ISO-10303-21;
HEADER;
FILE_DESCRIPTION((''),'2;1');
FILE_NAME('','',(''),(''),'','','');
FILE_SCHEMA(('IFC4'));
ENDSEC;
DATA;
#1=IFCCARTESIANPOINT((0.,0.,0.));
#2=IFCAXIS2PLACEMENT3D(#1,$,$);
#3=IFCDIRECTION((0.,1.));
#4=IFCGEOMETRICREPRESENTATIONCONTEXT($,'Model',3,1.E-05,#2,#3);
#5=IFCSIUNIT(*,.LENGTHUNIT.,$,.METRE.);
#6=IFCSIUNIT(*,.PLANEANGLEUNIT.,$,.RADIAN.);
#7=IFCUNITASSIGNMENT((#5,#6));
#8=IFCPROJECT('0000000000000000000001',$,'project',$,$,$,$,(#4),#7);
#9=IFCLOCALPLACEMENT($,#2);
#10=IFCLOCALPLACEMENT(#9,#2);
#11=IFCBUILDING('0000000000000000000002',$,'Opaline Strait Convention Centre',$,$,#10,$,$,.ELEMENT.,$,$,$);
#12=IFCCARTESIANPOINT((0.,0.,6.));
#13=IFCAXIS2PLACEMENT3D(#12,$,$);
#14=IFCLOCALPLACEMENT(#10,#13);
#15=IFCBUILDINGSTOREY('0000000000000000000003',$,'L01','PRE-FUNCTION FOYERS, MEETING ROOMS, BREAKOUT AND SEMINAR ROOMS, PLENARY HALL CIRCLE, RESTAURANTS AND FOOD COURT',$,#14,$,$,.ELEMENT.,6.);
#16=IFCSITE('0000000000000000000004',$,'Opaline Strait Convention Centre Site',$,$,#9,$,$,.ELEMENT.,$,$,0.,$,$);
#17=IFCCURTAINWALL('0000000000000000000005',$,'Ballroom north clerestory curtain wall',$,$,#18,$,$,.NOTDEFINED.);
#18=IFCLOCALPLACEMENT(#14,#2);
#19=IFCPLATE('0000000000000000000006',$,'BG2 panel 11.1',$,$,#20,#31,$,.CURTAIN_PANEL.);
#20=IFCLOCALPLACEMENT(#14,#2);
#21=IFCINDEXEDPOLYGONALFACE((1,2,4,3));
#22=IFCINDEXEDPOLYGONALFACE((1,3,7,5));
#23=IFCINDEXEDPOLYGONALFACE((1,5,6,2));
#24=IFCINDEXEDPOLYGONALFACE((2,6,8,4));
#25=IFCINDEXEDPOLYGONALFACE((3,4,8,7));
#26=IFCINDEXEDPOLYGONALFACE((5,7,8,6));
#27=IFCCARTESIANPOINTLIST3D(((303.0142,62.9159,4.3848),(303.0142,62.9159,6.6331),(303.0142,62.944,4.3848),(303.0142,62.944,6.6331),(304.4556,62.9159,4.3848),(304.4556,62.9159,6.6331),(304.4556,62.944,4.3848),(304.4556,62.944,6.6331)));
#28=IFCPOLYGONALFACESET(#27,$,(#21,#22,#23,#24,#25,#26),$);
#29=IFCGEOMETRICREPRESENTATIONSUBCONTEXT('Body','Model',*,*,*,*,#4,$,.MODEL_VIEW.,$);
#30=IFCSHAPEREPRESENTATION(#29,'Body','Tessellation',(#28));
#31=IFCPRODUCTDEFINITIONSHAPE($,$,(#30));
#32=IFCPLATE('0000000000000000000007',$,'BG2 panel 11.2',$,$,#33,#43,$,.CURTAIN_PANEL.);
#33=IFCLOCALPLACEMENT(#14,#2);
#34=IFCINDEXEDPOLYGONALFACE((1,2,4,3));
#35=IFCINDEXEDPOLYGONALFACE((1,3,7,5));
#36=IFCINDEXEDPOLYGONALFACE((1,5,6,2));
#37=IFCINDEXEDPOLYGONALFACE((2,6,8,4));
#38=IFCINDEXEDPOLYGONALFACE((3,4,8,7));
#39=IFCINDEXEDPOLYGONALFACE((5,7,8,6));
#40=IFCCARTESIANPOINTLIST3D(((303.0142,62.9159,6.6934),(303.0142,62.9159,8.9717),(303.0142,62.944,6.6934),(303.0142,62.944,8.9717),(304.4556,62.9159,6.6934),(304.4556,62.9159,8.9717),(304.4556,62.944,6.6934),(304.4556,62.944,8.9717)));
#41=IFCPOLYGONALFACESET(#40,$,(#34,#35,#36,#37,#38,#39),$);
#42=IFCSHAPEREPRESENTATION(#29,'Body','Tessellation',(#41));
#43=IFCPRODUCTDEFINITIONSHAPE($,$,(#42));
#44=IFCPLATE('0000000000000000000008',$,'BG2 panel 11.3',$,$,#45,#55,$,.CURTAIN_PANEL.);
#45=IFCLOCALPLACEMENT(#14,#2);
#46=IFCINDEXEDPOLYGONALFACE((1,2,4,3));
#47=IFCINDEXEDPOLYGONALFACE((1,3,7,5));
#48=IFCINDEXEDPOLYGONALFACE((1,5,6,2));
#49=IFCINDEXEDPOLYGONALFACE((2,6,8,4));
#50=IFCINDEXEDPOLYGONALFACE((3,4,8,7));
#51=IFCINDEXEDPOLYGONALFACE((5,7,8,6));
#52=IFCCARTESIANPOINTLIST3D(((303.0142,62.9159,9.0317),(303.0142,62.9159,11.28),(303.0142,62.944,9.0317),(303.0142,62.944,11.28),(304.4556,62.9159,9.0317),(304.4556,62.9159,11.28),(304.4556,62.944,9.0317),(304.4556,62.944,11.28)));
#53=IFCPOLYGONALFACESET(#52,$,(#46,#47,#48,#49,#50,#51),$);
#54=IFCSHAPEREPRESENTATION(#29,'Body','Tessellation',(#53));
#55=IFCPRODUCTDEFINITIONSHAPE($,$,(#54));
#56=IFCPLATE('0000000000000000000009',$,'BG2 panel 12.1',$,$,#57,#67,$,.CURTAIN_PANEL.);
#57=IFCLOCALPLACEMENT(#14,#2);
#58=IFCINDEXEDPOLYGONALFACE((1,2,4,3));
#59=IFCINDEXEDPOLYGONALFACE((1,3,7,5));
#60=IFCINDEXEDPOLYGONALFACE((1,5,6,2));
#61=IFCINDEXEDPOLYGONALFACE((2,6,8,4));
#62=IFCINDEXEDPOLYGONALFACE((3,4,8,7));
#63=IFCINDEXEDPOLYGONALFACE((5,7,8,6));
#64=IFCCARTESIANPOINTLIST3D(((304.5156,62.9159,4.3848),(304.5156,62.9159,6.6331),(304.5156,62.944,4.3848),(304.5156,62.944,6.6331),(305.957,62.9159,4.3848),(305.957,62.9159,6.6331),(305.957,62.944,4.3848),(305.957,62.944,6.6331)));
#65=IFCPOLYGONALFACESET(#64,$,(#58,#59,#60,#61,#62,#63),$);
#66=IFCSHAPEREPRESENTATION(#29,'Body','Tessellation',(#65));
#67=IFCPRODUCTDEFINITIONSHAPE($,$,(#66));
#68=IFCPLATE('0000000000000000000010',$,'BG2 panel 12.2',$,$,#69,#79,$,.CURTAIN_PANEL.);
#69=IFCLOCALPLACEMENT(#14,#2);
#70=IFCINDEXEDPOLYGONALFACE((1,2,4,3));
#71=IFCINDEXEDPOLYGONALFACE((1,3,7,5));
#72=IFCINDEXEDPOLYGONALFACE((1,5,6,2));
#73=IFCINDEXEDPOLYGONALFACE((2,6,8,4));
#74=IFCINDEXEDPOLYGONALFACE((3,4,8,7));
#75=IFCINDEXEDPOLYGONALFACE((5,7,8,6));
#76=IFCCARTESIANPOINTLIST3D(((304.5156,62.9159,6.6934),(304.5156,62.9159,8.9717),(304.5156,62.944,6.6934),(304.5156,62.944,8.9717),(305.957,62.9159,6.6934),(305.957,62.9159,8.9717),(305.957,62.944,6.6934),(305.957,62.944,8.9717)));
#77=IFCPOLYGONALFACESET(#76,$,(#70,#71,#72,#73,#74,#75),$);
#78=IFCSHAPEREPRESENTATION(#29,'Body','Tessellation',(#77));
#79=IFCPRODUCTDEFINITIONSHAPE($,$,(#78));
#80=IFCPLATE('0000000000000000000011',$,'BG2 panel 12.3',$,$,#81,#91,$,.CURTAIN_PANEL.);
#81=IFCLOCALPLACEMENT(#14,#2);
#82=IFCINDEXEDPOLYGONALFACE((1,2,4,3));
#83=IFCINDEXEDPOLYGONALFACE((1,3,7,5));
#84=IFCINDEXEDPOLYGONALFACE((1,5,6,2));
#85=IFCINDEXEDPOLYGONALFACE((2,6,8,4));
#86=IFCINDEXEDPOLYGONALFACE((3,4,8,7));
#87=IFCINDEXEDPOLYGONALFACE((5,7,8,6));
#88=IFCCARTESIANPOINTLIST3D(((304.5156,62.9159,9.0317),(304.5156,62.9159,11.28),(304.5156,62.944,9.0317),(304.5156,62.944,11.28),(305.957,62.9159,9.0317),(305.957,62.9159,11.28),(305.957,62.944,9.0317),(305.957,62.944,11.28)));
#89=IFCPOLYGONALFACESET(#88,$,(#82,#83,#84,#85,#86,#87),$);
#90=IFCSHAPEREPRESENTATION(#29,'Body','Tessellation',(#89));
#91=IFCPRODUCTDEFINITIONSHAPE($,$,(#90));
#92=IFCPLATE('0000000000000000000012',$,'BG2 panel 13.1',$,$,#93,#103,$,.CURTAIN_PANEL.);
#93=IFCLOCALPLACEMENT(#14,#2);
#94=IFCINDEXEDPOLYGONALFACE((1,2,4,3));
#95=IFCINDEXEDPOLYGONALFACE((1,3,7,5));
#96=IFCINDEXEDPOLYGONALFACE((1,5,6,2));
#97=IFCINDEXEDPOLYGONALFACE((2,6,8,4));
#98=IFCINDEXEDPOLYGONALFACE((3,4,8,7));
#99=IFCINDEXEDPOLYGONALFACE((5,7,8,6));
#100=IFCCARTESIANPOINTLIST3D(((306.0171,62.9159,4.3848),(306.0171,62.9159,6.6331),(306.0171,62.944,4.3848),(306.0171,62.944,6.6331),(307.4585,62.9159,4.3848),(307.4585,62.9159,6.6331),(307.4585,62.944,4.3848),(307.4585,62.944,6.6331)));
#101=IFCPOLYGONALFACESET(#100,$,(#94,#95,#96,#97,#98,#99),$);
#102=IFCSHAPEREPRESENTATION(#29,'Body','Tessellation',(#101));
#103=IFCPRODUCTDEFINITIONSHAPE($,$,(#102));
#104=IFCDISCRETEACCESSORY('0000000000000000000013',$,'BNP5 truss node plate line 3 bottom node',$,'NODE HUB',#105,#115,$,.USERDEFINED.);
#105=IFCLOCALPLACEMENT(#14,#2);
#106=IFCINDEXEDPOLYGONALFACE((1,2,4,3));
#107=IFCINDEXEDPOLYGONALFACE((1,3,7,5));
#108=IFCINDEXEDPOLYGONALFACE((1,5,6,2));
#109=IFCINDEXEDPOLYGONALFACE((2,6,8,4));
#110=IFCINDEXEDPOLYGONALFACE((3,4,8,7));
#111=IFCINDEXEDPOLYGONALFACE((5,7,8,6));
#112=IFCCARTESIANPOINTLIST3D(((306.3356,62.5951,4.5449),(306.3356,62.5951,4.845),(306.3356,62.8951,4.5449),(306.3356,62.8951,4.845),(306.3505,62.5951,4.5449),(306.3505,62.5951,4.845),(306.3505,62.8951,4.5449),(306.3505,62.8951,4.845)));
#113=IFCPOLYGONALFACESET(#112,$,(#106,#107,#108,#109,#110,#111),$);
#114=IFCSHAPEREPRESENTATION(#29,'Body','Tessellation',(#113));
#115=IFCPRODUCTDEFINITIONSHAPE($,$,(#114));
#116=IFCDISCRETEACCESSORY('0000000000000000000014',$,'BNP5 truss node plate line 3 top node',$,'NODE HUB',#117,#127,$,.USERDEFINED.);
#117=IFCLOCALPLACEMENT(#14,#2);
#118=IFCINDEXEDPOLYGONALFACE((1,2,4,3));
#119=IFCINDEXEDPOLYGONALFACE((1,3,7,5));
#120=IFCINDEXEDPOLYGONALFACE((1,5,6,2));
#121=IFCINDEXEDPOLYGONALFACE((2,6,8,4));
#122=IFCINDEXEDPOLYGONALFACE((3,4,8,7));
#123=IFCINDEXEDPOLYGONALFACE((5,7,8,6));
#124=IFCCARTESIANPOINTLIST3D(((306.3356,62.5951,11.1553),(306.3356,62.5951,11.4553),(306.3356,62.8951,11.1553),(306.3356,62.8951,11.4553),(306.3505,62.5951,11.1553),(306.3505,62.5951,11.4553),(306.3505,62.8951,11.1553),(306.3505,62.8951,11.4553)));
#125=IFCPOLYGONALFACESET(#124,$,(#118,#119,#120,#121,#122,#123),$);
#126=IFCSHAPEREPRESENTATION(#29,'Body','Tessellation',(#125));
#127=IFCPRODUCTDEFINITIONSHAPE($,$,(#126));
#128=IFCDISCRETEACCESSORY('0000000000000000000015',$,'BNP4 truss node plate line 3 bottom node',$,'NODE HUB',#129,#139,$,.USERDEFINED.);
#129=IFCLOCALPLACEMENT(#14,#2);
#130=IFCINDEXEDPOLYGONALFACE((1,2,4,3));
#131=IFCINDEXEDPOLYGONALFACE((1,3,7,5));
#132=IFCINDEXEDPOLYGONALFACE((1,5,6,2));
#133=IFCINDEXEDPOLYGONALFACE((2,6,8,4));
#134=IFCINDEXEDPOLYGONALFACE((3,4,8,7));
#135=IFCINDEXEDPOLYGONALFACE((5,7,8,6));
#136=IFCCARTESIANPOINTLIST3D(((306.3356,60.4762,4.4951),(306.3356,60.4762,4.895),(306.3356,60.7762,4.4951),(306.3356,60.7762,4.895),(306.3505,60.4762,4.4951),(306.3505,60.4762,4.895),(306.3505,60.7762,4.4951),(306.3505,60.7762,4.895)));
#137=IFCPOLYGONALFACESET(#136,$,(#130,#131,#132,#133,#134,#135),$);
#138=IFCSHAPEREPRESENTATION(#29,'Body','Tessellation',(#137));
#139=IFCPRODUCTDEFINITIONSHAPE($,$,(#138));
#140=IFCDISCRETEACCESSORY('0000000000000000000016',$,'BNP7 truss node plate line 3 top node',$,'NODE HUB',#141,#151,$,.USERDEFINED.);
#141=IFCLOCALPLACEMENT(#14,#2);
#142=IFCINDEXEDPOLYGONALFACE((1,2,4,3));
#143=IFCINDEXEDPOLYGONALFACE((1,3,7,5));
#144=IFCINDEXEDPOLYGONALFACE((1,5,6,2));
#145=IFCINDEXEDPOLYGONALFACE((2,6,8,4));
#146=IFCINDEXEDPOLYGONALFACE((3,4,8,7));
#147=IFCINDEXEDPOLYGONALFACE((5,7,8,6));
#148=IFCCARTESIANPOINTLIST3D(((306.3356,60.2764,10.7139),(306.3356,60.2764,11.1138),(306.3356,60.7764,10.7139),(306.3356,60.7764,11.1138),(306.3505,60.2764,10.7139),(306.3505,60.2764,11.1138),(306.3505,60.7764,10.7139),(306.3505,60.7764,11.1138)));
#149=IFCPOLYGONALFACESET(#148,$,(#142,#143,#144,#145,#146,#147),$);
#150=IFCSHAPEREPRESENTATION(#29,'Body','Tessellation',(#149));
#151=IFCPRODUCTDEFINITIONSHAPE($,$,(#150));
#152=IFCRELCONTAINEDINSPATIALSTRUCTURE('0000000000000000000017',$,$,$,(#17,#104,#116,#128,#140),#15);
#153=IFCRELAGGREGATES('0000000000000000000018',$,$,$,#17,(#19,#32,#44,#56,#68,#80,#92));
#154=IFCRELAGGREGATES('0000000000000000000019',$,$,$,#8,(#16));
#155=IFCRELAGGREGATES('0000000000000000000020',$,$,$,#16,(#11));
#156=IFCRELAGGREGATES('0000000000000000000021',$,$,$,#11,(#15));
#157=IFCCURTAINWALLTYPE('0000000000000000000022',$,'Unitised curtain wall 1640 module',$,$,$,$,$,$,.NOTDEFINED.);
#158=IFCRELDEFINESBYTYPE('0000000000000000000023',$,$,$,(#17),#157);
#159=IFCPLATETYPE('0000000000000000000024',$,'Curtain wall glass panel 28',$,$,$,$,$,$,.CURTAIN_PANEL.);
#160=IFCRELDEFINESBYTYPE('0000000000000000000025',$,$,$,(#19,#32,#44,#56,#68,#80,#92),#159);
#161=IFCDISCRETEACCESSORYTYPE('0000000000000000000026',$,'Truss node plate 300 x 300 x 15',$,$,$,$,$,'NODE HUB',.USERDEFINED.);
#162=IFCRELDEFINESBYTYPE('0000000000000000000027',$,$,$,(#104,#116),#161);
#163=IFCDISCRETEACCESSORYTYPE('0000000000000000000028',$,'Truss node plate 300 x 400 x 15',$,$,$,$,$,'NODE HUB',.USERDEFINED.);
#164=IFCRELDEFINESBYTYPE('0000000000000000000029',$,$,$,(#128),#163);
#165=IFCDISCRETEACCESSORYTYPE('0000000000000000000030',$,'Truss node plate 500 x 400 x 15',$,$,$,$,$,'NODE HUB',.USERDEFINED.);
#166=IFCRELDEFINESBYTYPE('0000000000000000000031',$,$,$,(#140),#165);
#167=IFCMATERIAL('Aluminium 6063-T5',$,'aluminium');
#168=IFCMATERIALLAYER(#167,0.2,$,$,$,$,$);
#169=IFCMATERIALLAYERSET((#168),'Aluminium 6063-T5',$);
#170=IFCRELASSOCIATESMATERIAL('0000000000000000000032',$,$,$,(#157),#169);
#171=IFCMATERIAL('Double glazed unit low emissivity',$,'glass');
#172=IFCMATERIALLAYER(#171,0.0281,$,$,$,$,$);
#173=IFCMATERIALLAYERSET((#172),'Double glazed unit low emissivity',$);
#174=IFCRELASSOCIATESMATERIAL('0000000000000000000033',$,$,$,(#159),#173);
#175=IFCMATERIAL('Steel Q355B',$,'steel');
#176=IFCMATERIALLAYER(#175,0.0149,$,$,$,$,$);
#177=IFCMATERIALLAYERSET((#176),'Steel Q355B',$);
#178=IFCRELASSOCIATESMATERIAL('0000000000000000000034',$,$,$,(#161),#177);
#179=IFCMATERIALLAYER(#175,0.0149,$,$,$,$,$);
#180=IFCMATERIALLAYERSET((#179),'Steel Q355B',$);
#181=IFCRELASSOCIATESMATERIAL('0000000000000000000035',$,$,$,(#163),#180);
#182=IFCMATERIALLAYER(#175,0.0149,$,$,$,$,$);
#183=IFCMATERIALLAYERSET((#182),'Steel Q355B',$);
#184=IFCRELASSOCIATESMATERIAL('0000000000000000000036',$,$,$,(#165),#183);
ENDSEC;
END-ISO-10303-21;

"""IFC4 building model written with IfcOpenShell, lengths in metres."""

from ifc_helpers import new_model, si_unit, direction, frame, origin, origin_2d, place, context, subcontext, project, spatial, rectangle, extrude, material, layer, layer_set, type_object, element, aggregate, save


model = new_model("IFC4")

# Units and contexts
model_context = context("Model", 3, precision=1e-05, world=origin(), true_north=direction((0.0, 1.0)))
body_context = subcontext(model_context, "Body", "Model", "MODEL_VIEW")
ifc_project = project(units=[si_unit("LENGTHUNIT", "METRE"), si_unit("PLANEANGLEUNIT", "RADIAN")], contexts=[model_context])

# Site, building, storey
site_placement = place(None, origin())
site = spatial("IfcSite", under=ifc_project, at=site_placement, Name="Opaline Strait Convention Centre Site", CompositionType="ELEMENT", RefElevation=0.0)
building_placement = place(site_placement, origin())
building = spatial("IfcBuilding", under=site, at=building_placement, Name="Opaline Strait Convention Centre", CompositionType="ELEMENT")
storey_placement = place(building_placement, frame((0.0, 0.0, 6.0)))
storey = spatial("IfcBuildingStorey", under=building, at=storey_placement, Name="L01", Description="PRE-FUNCTION FOYERS, MEETING ROOMS, BREAKOUT AND SEMINAR ROOMS, PLENARY HALL CIRCLE, RESTAURANTS AND FOOD COURT", CompositionType="ELEMENT", Elevation=6.0)

# Curtain wall
ifc_material_1 = material(Name="Aluminium 6063-T5", Category="aluminium")
ifc_layer_1 = layer(ifc_material_1, 0.2)
ifc_layer_set_1 = layer_set([ifc_layer_1], Name="Aluminium 6063-T5")
curtain_wall_type = type_object("IfcCurtainWallType", Name="Unitised curtain wall 1640 module", PredefinedType="NOTDEFINED", material=ifc_layer_set_1)
curtain_wall_placement = place(storey_placement, origin())
curtain_wall = element("IfcCurtainWall", 1, at=curtain_wall_placement, inside=storey, type_object=curtain_wall_type, Name="Ballroom north clerestory curtain wall", PredefinedType="NOTDEFINED")

# Shared definitions
ifc_material_2 = material(Name="Steel Q355B", Category="steel")

# Plates
ifc_material_3 = material(Name="Double glazed unit low emissivity", Category="glass")
ifc_layer_2 = layer(ifc_material_3, 0.0281)
ifc_layer_set_2 = layer_set([ifc_layer_2], Name="Double glazed unit low emissivity")
plate_type = type_object("IfcPlateType", Name="Curtain wall glass panel 28", PredefinedType="CURTAIN_PANEL", material=ifc_layer_set_2)
plate_1_placement = place(storey_placement, frame((303.7349, 62.9299, 4.3848), z_axis=(0.0, 0.0, 1.0), x_axis=(1.0, 0.0, 0.0)))
plate_1 = element("IfcPlate", 2, at=plate_1_placement, type_object=plate_type, Name="BG2 panel 11.1", PredefinedType="CURTAIN_PANEL", context=body_context, shape_type="SweptSolid", body=[
    extrude(rectangle(XDim=1.4414, YDim=0.0281, at=origin_2d()), origin(), (0.0, 0.0, 1.0), 2.2483),
])
plate_2_placement = place(storey_placement, frame((303.7349, 62.9299, 6.6934), z_axis=(0.0, 0.0, 1.0), x_axis=(1.0, 0.0, 0.0)))
plate_2 = element("IfcPlate", 3, at=plate_2_placement, type_object=plate_type, Name="BG2 panel 11.2", PredefinedType="CURTAIN_PANEL", context=body_context, shape_type="SweptSolid", body=[
    extrude(rectangle(XDim=1.4414, YDim=0.0281, at=origin_2d()), origin(), (0.0, 0.0, 1.0), 2.2783),
])
plate_3_placement = place(storey_placement, frame((303.7349, 62.9299, 9.0317), z_axis=(0.0, 0.0, 1.0), x_axis=(1.0, 0.0, 0.0)))
plate_3 = element("IfcPlate", 4, at=plate_3_placement, type_object=plate_type, Name="BG2 panel 11.3", PredefinedType="CURTAIN_PANEL", context=body_context, shape_type="SweptSolid", body=[
    extrude(rectangle(XDim=1.4414, YDim=0.0281, at=origin_2d()), origin(), (0.0, 0.0, 1.0), 2.2483),
])
plate_4_placement = place(storey_placement, frame((305.2363, 62.9299, 4.3848), z_axis=(0.0, 0.0, 1.0), x_axis=(1.0, 0.0, 0.0)))
plate_4 = element("IfcPlate", 5, at=plate_4_placement, type_object=plate_type, Name="BG2 panel 12.1", PredefinedType="CURTAIN_PANEL", context=body_context, shape_type="SweptSolid", body=[
    extrude(rectangle(XDim=1.4414, YDim=0.0281, at=origin_2d()), origin(), (0.0, 0.0, 1.0), 2.2483),
])
plate_5_placement = place(storey_placement, frame((305.2363, 62.9299, 6.6934), z_axis=(0.0, 0.0, 1.0), x_axis=(1.0, 0.0, 0.0)))
plate_5 = element("IfcPlate", 6, at=plate_5_placement, type_object=plate_type, Name="BG2 panel 12.2", PredefinedType="CURTAIN_PANEL", context=body_context, shape_type="SweptSolid", body=[
    extrude(rectangle(XDim=1.4414, YDim=0.0281, at=origin_2d()), origin(), (0.0, 0.0, 1.0), 2.2783),
])
plate_6_placement = place(storey_placement, frame((305.2363, 62.9299, 9.0317), z_axis=(0.0, 0.0, 1.0), x_axis=(1.0, 0.0, 0.0)))
plate_6 = element("IfcPlate", 7, at=plate_6_placement, type_object=plate_type, Name="BG2 panel 12.3", PredefinedType="CURTAIN_PANEL", context=body_context, shape_type="SweptSolid", body=[
    extrude(rectangle(XDim=1.4414, YDim=0.0281, at=origin_2d()), origin(), (0.0, 0.0, 1.0), 2.2483),
])
plate_7_placement = place(storey_placement, frame((306.7378, 62.9299, 4.3848), z_axis=(0.0, 0.0, 1.0), x_axis=(1.0, 0.0, 0.0)))
plate_7 = element("IfcPlate", 8, at=plate_7_placement, type_object=plate_type, Name="BG2 panel 13.1", PredefinedType="CURTAIN_PANEL", context=body_context, shape_type="SweptSolid", body=[
    extrude(rectangle(XDim=1.4414, YDim=0.0281, at=origin_2d()), origin(), (0.0, 0.0, 1.0), 2.2483),
])
aggregate(curtain_wall, [plate_1, plate_2, plate_3, plate_4, plate_5, plate_6, plate_7])

# Discrete accessories
ifc_layer_3 = layer(ifc_material_2, 0.0149)
ifc_layer_set_3 = layer_set([ifc_layer_3], Name="Steel Q355B")
discrete_accessory_type_1 = type_object("IfcDiscreteAccessoryType", Name="Truss node plate 300 x 300 x 15", ElementType="NODE HUB", PredefinedType="USERDEFINED", material=ifc_layer_set_3)
for number, where, z_axis, x_axis, name in (
    (9, (306.343, 62.7451, 4.5449), (0.0, 0.0, 1.0), (1.0, 0.0, 0.0), "BNP5 truss node plate line 3 bottom node"),
    (10, (306.343, 62.7451, 11.1553), (0.0, 0.0, 1.0), (1.0, 0.0, 0.0), "BNP5 truss node plate line 3 top node"),
):
    element("IfcDiscreteAccessory", number, at=place(storey_placement, frame(where, z_axis=z_axis, x_axis=x_axis)), inside=storey, type_object=discrete_accessory_type_1, Name=name, ObjectType="NODE HUB", PredefinedType="USERDEFINED", context=body_context, shape_type="SweptSolid", body=[
        extrude(rectangle(XDim=0.0149, YDim=0.3, at=origin_2d()), origin(), (0.0, 0.0, 1.0), 0.3),
    ])
ifc_layer_4 = layer(ifc_material_2, 0.0149)
ifc_layer_set_4 = layer_set([ifc_layer_4], Name="Steel Q355B")
discrete_accessory_type_2 = type_object("IfcDiscreteAccessoryType", Name="Truss node plate 300 x 400 x 15", ElementType="NODE HUB", PredefinedType="USERDEFINED", material=ifc_layer_set_4)
discrete_accessory_1_placement = place(storey_placement, frame((306.343, 60.6262, 4.4951), z_axis=(0.0, 0.0, 1.0), x_axis=(1.0, 0.0, 0.0)))
element("IfcDiscreteAccessory", 11, at=discrete_accessory_1_placement, inside=storey, type_object=discrete_accessory_type_2, Name="BNP4 truss node plate line 3 bottom node", ObjectType="NODE HUB", PredefinedType="USERDEFINED", context=body_context, shape_type="SweptSolid", body=[
    extrude(rectangle(XDim=0.0149, YDim=0.3, at=origin_2d()), origin(), (0.0, 0.0, 1.0), 0.3999),
])
ifc_layer_5 = layer(ifc_material_2, 0.0149)
ifc_layer_set_5 = layer_set([ifc_layer_5], Name="Steel Q355B")
discrete_accessory_type_3 = type_object("IfcDiscreteAccessoryType", Name="Truss node plate 500 x 400 x 15", ElementType="NODE HUB", PredefinedType="USERDEFINED", material=ifc_layer_set_5)
discrete_accessory_2_placement = place(storey_placement, frame((306.343, 60.5264, 10.7139), z_axis=(0.0, 0.0, 1.0), x_axis=(1.0, 0.0, 0.0)))
element("IfcDiscreteAccessory", 12, at=discrete_accessory_2_placement, inside=storey, type_object=discrete_accessory_type_3, Name="BNP7 truss node plate line 3 top node", ObjectType="NODE HUB", PredefinedType="USERDEFINED", context=body_context, shape_type="SweptSolid", body=[
    extrude(rectangle(XDim=0.0149, YDim=0.5, at=origin_2d()), origin(), (0.0, 0.0, 1.0), 0.3999),
])

save(model, "model.ifc")
